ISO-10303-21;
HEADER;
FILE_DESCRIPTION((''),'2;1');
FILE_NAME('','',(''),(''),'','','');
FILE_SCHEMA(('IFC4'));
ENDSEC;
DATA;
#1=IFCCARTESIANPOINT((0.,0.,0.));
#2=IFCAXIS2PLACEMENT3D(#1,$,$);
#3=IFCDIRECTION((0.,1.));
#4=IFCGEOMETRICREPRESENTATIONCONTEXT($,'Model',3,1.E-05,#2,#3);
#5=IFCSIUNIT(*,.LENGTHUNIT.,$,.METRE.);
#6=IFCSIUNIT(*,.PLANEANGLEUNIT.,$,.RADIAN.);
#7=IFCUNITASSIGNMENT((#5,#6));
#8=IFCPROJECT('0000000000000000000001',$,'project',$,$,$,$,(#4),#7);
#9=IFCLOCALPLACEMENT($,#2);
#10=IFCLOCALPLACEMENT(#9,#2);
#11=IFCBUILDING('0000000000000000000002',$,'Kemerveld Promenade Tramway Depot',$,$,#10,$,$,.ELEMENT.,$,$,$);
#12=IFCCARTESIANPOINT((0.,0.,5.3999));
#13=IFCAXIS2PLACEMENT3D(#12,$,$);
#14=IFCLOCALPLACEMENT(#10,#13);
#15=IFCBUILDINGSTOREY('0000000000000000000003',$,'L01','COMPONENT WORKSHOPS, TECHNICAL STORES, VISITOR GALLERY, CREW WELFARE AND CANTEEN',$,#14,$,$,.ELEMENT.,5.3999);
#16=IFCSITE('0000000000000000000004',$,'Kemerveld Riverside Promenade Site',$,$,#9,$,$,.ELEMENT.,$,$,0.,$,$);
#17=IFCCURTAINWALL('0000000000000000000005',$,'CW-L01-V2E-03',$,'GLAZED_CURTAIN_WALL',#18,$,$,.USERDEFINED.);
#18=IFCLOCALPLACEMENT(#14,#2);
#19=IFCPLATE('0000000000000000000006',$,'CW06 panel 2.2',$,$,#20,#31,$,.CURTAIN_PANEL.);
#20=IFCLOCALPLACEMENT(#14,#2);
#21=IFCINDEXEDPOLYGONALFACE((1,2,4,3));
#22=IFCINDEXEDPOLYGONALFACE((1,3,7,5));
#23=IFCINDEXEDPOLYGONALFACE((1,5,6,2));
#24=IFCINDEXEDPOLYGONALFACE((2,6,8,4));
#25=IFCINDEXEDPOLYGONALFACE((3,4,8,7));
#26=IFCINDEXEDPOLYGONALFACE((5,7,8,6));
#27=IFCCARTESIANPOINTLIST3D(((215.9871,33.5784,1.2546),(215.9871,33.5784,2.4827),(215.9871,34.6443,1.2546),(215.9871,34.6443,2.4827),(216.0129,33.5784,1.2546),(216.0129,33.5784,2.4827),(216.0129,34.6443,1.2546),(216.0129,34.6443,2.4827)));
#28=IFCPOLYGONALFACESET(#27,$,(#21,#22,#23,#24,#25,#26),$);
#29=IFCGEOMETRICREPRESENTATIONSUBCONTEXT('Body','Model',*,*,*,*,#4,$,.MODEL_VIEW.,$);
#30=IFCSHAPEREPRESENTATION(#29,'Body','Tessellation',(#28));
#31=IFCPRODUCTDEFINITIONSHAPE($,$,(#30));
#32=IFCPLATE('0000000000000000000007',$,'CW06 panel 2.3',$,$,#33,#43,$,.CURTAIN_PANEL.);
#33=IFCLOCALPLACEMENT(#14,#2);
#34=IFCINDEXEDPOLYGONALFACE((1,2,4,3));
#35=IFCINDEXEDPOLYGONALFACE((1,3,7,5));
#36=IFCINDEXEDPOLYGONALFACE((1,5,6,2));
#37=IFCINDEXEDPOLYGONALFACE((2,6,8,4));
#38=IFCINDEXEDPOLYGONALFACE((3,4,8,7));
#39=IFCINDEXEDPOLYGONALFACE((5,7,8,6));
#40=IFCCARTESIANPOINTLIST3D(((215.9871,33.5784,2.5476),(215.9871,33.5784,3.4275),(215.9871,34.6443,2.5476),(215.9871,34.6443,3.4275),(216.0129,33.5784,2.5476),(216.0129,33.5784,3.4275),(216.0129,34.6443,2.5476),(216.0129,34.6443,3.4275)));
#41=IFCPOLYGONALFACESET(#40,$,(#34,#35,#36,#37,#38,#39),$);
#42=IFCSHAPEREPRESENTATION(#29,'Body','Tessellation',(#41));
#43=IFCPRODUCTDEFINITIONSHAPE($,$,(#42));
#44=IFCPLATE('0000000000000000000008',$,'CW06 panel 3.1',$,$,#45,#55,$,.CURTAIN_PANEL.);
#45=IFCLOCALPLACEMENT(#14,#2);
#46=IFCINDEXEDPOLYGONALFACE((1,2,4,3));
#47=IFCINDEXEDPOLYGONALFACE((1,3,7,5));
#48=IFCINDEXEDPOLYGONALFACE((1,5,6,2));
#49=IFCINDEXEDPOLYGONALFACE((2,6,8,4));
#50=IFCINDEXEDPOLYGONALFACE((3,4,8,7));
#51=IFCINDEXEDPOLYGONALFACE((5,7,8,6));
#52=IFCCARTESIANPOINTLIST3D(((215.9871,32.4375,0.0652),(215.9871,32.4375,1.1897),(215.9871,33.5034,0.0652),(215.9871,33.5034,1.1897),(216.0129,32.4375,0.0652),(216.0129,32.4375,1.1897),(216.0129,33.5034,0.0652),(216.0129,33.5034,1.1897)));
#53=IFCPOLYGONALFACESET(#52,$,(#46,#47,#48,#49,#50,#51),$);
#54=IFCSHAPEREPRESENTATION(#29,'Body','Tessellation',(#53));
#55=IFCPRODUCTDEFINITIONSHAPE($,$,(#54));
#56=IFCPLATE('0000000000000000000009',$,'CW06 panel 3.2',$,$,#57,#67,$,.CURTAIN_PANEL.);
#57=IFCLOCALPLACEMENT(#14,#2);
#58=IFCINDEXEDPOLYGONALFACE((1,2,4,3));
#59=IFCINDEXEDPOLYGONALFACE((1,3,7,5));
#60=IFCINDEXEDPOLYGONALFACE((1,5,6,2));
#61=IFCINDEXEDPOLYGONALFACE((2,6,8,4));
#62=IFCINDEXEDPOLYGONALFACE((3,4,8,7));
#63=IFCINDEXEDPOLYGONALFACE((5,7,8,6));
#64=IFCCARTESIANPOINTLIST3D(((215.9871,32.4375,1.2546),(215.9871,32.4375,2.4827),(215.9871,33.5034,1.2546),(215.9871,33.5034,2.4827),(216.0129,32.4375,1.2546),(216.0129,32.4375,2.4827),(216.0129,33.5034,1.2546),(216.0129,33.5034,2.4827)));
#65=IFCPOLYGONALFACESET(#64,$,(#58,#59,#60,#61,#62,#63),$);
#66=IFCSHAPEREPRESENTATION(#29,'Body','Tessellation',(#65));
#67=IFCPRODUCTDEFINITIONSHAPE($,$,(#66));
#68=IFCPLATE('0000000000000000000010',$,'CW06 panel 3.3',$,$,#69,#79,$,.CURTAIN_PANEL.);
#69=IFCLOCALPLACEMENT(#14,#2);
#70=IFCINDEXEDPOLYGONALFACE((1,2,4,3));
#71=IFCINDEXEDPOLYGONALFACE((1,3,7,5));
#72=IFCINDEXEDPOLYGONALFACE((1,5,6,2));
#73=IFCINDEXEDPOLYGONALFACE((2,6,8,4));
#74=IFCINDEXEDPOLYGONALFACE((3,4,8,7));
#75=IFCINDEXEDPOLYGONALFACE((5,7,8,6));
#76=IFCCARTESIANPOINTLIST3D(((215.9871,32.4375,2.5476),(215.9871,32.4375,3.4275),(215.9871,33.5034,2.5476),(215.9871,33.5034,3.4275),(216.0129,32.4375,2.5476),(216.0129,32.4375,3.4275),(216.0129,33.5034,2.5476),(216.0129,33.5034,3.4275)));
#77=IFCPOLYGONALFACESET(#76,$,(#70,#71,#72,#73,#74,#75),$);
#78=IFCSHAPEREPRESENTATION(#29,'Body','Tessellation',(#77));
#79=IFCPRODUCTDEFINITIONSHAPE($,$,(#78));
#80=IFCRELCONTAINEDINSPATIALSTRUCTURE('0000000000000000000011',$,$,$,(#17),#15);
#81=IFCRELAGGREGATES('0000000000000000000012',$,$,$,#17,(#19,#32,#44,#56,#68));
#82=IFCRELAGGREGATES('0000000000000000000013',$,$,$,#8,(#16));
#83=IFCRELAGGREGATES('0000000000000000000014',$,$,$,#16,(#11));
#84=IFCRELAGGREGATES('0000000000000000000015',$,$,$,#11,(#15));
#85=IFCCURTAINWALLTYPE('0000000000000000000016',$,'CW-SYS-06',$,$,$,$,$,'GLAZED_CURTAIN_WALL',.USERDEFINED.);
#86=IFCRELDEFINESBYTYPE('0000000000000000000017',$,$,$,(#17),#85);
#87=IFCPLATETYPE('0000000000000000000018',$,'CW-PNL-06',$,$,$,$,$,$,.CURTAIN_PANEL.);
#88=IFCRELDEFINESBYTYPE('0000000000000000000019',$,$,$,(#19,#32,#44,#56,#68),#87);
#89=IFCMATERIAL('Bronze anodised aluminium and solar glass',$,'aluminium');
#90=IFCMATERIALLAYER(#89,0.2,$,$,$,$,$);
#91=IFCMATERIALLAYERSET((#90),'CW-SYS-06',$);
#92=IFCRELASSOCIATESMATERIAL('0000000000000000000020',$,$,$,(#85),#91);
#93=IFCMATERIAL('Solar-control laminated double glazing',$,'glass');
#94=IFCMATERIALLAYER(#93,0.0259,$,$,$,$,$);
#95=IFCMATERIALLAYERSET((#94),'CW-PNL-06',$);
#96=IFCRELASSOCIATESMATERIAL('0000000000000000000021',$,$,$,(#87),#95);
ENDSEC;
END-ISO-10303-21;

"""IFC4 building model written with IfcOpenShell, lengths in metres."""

from ifc_helpers import new_model, si_unit, direction, frame, origin, origin_2d, place, context, subcontext, project, spatial, rectangle, extrude, material, layer, layer_set, type_object, element, aggregate, save


model = new_model("IFC4")

# Units and contexts
model_context = context("Model", 3, precision=1e-05, world=origin(), true_north=direction((0.0, 1.0)))
body_context = subcontext(model_context, "Body", "Model", "MODEL_VIEW")
ifc_project = project(units=[si_unit("LENGTHUNIT", "METRE"), si_unit("PLANEANGLEUNIT", "RADIAN")], contexts=[model_context])

# Site, building, storey
site_placement = place(None, origin())
site = spatial("IfcSite", under=ifc_project, at=site_placement, Name="Kemerveld Riverside Promenade Site", CompositionType="ELEMENT", RefElevation=0.0)
building_placement = place(site_placement, origin())
building = spatial("IfcBuilding", under=site, at=building_placement, Name="Kemerveld Promenade Tramway Depot", CompositionType="ELEMENT")
storey_placement = place(building_placement, frame((0.0, 0.0, 5.3999)))
storey = spatial("IfcBuildingStorey", under=building, at=storey_placement, Name="L01", Description="COMPONENT WORKSHOPS, TECHNICAL STORES, VISITOR GALLERY, CREW WELFARE AND CANTEEN", CompositionType="ELEMENT", Elevation=5.3999)

# Curtain wall, plates
ifc_material_1 = material(Name="Bronze anodised aluminium and solar glass", Category="aluminium")
ifc_layer_1 = layer(ifc_material_1, 0.2)
ifc_layer_set_1 = layer_set([ifc_layer_1], Name="CW-SYS-06")
curtain_wall_type = type_object("IfcCurtainWallType", Name="CW-SYS-06", ElementType="GLAZED_CURTAIN_WALL", PredefinedType="USERDEFINED", material=ifc_layer_set_1)
curtain_wall_placement = place(storey_placement, origin())
curtain_wall = element("IfcCurtainWall", 1, at=curtain_wall_placement, inside=storey, type_object=curtain_wall_type, Name="CW-L01-V2E-03", ObjectType="GLAZED_CURTAIN_WALL", PredefinedType="USERDEFINED")
ifc_material_2 = material(Name="Solar-control laminated double glazing", Category="glass")
ifc_layer_2 = layer(ifc_material_2, 0.0259)
ifc_layer_set_2 = layer_set([ifc_layer_2], Name="CW-PNL-06")
plate_type = type_object("IfcPlateType", Name="CW-PNL-06", PredefinedType="CURTAIN_PANEL", material=ifc_layer_set_2)
plate_1_placement = place(storey_placement, frame((216.0, 34.1113, 1.2546), z_axis=(0.0, 0.0, 1.0), x_axis=(0.0, -1.0, 0.0)))
plate_1 = element("IfcPlate", 2, at=plate_1_placement, type_object=plate_type, Name="CW06 panel 2.2", PredefinedType="CURTAIN_PANEL", context=body_context, shape_type="SweptSolid", body=[
    extrude(rectangle(XDim=1.0659, YDim=0.0259, at=origin_2d()), origin(), (0.0, 0.0, 1.0), 1.228),
])
plate_2_placement = place(storey_placement, frame((216.0, 34.1113, 2.5476), z_axis=(0.0, 0.0, 1.0), x_axis=(0.0, -1.0, 0.0)))
plate_2 = element("IfcPlate", 3, at=plate_2_placement, type_object=plate_type, Name="CW06 panel 2.3", PredefinedType="CURTAIN_PANEL", context=body_context, shape_type="SweptSolid", body=[
    extrude(rectangle(XDim=1.0659, YDim=0.0259, at=origin_2d()), origin(), (0.0, 0.0, 1.0), 0.8799),
])
plate_3_placement = place(storey_placement, frame((216.0, 32.9705, 0.0652), z_axis=(0.0, 0.0, 1.0), x_axis=(0.0, -1.0, 0.0)))
plate_3 = element("IfcPlate", 4, at=plate_3_placement, type_object=plate_type, Name="CW06 panel 3.1", PredefinedType="CURTAIN_PANEL", context=body_context, shape_type="SweptSolid", body=[
    extrude(rectangle(XDim=1.0659, YDim=0.0259, at=origin_2d()), origin(), (0.0, 0.0, 1.0), 1.1245),
])
plate_4_placement = place(storey_placement, frame((216.0, 32.9705, 1.2546), z_axis=(0.0, 0.0, 1.0), x_axis=(0.0, -1.0, 0.0)))
plate_4 = element("IfcPlate", 5, at=plate_4_placement, type_object=plate_type, Name="CW06 panel 3.2", PredefinedType="CURTAIN_PANEL", context=body_context, shape_type="SweptSolid", body=[
    extrude(rectangle(XDim=1.0659, YDim=0.0259, at=origin_2d()), origin(), (0.0, 0.0, 1.0), 1.228),
])
plate_5_placement = place(storey_placement, frame((216.0, 32.9705, 2.5476), z_axis=(0.0, 0.0, 1.0), x_axis=(0.0, -1.0, 0.0)))
plate_5 = element("IfcPlate", 6, at=plate_5_placement, type_object=plate_type, Name="CW06 panel 3.3", PredefinedType="CURTAIN_PANEL", context=body_context, shape_type="SweptSolid", body=[
    extrude(rectangle(XDim=1.0659, YDim=0.0259, at=origin_2d()), origin(), (0.0, 0.0, 1.0), 0.8799),
])
aggregate(curtain_wall, [plate_1, plate_2, plate_3, plate_4, plate_5])

save(model, "model.ifc")
